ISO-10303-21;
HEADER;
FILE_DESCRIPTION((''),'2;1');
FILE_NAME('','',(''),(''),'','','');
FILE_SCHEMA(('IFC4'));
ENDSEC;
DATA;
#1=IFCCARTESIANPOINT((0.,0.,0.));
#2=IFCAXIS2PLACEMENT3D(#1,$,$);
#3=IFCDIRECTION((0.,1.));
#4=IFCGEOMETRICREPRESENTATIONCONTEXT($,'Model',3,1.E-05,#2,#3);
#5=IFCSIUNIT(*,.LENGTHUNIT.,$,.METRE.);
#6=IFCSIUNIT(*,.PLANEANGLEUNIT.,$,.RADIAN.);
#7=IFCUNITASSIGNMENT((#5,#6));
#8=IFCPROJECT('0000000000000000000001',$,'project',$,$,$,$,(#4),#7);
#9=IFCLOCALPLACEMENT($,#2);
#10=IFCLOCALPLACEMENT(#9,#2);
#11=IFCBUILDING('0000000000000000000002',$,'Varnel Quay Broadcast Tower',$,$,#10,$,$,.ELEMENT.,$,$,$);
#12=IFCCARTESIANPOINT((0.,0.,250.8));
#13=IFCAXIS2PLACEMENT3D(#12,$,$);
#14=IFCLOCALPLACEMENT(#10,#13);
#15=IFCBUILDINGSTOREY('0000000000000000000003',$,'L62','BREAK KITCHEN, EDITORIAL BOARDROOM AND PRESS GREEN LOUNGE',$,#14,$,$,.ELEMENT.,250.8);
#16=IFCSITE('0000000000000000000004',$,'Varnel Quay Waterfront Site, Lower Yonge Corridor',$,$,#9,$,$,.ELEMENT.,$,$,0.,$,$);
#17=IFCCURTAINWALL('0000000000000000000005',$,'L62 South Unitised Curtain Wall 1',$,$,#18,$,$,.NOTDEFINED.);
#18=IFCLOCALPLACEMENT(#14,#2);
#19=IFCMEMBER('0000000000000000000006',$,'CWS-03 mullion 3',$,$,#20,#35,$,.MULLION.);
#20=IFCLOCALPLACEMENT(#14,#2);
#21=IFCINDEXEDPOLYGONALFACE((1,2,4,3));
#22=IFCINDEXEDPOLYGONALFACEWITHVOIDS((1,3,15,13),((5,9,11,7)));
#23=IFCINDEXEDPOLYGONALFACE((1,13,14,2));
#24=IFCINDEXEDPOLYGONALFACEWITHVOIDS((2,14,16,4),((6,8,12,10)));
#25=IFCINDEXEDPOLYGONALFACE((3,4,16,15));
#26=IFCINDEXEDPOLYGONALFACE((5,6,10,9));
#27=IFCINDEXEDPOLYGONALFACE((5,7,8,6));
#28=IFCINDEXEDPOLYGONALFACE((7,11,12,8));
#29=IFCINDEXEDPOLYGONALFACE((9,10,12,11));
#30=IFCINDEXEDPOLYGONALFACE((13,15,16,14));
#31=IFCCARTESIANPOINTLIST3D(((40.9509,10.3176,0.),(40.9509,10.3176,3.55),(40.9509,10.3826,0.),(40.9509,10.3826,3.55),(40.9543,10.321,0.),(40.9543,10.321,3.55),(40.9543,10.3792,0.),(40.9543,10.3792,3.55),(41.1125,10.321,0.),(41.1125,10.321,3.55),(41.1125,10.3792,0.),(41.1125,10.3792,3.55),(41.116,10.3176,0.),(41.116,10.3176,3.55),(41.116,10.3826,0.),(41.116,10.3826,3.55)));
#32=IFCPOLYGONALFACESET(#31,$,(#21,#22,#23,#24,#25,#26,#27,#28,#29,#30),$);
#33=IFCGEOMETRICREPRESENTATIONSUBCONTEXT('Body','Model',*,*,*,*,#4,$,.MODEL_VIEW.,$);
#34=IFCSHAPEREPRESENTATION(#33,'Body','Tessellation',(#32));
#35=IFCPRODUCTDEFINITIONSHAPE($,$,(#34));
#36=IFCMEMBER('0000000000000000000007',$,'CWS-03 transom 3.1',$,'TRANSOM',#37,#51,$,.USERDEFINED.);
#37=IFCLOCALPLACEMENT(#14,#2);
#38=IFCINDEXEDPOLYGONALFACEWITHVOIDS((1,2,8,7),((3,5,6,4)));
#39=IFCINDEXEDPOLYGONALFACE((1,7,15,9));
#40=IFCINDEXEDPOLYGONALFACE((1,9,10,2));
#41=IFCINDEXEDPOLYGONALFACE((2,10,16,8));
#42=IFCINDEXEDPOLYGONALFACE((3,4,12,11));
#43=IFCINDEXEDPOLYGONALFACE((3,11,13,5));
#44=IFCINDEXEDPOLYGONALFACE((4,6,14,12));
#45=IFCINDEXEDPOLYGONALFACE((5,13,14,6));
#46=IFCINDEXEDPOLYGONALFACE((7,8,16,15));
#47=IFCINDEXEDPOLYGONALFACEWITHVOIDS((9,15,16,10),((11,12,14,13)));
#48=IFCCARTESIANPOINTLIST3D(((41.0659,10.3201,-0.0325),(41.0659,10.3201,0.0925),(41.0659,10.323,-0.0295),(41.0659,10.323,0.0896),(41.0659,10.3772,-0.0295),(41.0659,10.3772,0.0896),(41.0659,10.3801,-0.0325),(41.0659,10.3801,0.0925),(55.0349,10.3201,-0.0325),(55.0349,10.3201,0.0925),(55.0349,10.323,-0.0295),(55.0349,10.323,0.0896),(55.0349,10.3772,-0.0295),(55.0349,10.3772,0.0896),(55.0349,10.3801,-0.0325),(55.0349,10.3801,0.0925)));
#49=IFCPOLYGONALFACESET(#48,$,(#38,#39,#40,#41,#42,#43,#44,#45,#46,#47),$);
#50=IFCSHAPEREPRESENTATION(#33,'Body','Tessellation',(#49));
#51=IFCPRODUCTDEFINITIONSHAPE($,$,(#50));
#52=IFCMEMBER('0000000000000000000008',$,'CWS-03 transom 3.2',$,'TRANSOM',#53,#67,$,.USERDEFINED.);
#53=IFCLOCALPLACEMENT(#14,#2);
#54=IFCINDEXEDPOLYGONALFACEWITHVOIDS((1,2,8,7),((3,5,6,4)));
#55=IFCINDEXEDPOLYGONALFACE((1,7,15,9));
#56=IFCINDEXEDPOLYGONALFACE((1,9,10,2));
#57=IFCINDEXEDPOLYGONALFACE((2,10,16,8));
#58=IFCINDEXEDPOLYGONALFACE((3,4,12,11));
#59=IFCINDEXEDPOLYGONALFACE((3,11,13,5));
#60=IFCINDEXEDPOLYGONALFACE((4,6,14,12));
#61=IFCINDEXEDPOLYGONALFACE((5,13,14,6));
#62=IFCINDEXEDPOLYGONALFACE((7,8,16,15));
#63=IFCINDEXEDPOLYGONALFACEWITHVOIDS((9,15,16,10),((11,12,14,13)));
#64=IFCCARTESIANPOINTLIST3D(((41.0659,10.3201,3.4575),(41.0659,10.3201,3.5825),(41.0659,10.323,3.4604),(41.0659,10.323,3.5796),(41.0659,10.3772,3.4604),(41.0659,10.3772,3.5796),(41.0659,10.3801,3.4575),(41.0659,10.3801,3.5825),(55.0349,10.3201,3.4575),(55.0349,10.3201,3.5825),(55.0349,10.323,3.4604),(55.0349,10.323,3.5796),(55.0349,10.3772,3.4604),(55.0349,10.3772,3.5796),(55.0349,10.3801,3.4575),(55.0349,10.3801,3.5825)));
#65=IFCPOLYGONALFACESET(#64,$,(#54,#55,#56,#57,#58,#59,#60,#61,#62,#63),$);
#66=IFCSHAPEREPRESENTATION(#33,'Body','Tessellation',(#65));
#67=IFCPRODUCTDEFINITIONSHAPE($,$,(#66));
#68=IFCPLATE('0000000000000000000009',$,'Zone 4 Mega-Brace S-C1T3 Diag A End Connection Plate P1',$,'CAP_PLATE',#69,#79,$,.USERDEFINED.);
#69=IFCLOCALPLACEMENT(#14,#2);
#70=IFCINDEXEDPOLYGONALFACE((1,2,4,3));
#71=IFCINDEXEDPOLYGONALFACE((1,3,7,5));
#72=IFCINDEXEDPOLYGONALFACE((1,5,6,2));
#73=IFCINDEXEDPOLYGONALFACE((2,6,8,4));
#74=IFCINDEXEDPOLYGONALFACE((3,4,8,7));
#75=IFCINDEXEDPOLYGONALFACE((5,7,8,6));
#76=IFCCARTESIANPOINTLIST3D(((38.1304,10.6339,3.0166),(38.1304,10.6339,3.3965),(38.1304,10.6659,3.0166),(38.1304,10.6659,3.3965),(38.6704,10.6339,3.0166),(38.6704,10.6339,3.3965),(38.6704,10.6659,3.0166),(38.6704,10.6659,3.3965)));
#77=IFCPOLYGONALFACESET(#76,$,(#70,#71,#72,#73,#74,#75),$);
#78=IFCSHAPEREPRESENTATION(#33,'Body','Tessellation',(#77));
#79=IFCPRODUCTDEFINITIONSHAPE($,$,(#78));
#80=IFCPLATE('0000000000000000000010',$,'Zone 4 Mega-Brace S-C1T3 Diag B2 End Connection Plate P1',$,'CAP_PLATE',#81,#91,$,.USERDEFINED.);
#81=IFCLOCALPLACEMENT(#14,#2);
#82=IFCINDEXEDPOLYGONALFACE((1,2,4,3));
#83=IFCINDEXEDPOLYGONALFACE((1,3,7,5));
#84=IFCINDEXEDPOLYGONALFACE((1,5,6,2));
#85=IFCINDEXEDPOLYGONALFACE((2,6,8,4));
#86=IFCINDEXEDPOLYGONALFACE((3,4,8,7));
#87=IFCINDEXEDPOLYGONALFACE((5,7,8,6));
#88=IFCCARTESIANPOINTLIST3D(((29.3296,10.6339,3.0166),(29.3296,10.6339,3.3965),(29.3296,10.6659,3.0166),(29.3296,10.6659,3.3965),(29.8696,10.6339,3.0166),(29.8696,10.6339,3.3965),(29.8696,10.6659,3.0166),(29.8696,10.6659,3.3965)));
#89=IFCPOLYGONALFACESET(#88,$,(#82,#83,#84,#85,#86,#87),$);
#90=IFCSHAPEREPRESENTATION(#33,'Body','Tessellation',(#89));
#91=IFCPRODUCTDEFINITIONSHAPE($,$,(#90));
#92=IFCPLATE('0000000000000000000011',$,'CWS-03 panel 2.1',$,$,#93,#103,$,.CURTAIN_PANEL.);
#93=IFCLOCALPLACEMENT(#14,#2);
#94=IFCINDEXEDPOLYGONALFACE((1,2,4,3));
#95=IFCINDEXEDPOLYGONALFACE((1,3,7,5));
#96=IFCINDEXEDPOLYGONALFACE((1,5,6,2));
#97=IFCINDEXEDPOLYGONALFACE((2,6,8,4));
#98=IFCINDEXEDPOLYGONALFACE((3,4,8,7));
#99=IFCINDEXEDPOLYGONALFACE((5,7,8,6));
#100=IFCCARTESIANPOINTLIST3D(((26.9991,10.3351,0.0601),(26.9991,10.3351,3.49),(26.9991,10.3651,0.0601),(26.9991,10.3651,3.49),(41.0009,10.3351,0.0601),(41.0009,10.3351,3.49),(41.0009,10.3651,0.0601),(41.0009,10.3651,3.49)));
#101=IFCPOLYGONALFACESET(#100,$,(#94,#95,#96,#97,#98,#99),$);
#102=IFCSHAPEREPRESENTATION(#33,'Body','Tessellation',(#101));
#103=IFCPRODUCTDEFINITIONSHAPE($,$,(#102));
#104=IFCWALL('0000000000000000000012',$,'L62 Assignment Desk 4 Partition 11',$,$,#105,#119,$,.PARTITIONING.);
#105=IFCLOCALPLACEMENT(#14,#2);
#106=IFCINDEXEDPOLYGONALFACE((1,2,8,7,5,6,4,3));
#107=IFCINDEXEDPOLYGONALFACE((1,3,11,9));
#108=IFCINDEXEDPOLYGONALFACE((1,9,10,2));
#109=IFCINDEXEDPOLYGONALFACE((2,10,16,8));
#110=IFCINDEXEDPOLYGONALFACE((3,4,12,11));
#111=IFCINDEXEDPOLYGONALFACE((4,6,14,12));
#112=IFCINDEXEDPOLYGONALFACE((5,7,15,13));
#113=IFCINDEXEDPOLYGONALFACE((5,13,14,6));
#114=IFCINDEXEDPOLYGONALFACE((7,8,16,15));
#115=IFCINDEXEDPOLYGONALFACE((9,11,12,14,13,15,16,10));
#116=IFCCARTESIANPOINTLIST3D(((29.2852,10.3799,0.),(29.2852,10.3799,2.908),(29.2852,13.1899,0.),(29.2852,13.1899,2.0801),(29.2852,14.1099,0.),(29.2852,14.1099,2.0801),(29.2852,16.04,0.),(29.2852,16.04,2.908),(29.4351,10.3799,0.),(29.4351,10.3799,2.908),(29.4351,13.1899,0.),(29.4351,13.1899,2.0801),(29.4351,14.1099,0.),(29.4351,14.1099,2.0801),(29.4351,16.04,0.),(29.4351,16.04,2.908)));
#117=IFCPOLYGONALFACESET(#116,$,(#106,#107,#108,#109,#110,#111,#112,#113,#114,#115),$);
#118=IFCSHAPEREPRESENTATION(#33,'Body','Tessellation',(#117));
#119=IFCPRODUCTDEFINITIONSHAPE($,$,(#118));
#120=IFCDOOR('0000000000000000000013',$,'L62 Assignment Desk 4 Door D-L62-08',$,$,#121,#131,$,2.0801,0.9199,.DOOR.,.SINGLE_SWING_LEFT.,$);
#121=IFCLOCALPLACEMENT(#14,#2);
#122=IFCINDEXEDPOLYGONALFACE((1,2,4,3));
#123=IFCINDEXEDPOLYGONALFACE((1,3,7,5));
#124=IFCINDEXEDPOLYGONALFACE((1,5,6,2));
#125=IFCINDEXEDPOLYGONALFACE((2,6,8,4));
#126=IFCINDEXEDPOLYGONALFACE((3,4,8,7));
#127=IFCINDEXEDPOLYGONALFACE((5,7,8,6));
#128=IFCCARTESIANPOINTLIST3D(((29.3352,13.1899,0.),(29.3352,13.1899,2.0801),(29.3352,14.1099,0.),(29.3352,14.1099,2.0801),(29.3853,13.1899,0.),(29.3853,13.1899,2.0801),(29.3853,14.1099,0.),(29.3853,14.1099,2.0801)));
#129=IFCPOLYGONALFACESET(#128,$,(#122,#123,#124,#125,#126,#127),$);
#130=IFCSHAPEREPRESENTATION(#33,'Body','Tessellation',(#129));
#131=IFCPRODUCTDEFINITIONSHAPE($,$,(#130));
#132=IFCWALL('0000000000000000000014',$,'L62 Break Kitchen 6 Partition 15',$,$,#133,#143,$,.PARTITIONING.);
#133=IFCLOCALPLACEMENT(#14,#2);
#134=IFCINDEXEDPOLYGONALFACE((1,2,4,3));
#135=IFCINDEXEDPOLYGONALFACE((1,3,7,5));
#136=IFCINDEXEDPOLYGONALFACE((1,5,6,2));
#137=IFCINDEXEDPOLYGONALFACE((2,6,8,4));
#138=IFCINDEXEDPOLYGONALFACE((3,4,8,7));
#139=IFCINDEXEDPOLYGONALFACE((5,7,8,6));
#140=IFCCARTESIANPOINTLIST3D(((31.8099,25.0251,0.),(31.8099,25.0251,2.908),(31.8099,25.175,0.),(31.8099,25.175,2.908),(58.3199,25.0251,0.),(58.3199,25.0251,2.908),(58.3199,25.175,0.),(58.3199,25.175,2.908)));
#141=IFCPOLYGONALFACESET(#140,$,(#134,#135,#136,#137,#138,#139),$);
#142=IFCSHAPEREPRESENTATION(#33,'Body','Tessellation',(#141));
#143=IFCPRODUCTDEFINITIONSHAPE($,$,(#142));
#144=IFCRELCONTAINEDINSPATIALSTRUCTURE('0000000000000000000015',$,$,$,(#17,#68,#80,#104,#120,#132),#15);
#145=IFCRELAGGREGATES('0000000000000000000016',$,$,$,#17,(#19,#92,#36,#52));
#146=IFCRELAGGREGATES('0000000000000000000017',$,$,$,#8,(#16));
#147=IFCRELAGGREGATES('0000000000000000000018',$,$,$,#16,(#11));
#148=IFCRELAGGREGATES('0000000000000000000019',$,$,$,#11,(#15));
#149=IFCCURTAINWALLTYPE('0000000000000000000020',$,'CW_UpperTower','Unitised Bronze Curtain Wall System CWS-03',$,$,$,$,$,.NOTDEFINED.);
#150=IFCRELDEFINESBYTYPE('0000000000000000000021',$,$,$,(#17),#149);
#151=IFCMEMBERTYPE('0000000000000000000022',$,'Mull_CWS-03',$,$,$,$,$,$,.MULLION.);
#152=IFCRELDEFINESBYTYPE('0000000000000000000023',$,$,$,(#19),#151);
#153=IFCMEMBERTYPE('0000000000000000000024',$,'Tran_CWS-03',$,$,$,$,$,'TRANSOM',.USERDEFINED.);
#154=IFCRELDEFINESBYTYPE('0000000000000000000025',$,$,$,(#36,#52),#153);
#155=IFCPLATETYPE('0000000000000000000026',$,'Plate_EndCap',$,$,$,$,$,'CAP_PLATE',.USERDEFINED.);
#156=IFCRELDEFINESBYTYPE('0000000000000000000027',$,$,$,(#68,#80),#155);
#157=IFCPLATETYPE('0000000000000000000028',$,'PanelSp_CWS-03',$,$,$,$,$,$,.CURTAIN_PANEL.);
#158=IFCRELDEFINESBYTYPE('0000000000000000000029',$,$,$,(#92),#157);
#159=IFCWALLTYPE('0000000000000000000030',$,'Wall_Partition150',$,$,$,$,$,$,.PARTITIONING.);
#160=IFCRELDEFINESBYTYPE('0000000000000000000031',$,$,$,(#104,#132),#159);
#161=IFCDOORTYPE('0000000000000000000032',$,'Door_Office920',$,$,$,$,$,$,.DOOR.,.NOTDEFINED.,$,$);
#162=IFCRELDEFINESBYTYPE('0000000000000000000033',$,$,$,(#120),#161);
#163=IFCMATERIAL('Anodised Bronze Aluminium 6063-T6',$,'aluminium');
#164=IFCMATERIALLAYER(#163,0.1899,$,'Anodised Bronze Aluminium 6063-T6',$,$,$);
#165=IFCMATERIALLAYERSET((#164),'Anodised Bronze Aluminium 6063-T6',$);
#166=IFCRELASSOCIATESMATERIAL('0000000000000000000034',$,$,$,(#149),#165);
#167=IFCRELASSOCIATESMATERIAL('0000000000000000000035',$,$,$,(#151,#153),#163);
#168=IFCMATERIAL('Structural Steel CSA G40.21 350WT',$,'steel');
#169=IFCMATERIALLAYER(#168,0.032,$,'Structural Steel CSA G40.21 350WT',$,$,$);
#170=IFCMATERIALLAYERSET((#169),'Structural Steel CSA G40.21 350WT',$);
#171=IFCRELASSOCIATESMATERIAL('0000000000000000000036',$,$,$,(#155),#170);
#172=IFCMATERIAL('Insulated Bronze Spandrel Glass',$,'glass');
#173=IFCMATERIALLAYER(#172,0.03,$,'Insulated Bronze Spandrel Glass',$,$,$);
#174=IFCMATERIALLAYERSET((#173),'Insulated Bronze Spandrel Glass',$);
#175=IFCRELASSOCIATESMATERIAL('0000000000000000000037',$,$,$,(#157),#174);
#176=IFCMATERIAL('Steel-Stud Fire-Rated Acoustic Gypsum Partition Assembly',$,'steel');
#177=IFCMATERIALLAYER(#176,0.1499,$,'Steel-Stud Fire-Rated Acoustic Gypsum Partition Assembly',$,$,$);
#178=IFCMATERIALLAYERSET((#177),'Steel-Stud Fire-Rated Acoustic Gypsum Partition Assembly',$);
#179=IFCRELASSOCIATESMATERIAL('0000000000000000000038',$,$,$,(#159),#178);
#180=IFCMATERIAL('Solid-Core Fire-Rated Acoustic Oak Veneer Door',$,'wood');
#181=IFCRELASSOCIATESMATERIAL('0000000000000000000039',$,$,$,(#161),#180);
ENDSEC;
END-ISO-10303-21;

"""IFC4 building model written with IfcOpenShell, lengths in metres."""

from ifc_helpers import new_model, si_unit, direction, frame, frame_2d, origin, origin_2d, place, context, subcontext, project, spatial, rectangle, hollow_rectangle, extrude, source, transform, mapped, material, layer, layer_set, material_profile, profile_set, type_object, type_shapes, element, fill, aggregate, save


model = new_model("IFC4")

# Units and contexts
model_context = context("Model", 3, precision=1e-05, world=origin(), true_north=direction((0.0, 1.0)))
body_context = subcontext(model_context, "Body", "Model", "MODEL_VIEW")
ifc_project = project(units=[si_unit("LENGTHUNIT", "METRE"), si_unit("PLANEANGLEUNIT", "RADIAN")], contexts=[model_context])

# Site, building, storey
site_placement = place(None, origin())
site = spatial("IfcSite", under=ifc_project, at=site_placement, Name="Varnel Quay Waterfront Site, Lower Yonge Corridor", CompositionType="ELEMENT", RefElevation=0.0)
building_placement = place(site_placement, origin())
building = spatial("IfcBuilding", under=site, at=building_placement, Name="Varnel Quay Broadcast Tower", CompositionType="ELEMENT")
storey_placement = place(building_placement, frame((0.0, 0.0, 250.8)))
storey = spatial("IfcBuildingStorey", under=building, at=storey_placement, Name="L62", Description="BREAK KITCHEN, EDITORIAL BOARDROOM AND PRESS GREEN LOUNGE", CompositionType="ELEMENT", Elevation=250.8)

# Curtain wall, members
ifc_material_1 = material(Name="Anodised Bronze Aluminium 6063-T6", Category="aluminium")
ifc_layer_1 = layer(ifc_material_1, 0.1899, Name="Anodised Bronze Aluminium 6063-T6")
ifc_layer_set_1 = layer_set([ifc_layer_1], Name="Anodised Bronze Aluminium 6063-T6")
curtain_wall_type = type_object("IfcCurtainWallType", Name="CW_UpperTower", Description="Unitised Bronze Curtain Wall System CWS-03", PredefinedType="NOTDEFINED", material=ifc_layer_set_1)
curtain_wall_placement = place(storey_placement, origin())
curtain_wall = element("IfcCurtainWall", 1, at=curtain_wall_placement, inside=storey, type_object=curtain_wall_type, Name="L62 South Unitised Curtain Wall 1", PredefinedType="NOTDEFINED")
ifc_material_profile_1 = material_profile(ifc_material_1, hollow_rectangle(XDim=0.0649, YDim=0.165, WallThickness=0.0034, at=origin_2d()), Name="ALU65X165X3.5")
ifc_profile_set_1 = profile_set([ifc_material_profile_1], Name="Anodised Bronze Aluminium 6063-T6")
member_type_1 = type_object("IfcMemberType", Name="Mull_CWS-03", PredefinedType="MULLION", material=ifc_profile_set_1)
shared_shape_1 = source(origin(), body_context, "Body", "SweptSolid", [
    extrude(hollow_rectangle(XDim=0.0649, YDim=0.165, WallThickness=0.0034, at=origin_2d()), origin(), (0.0, 0.0, 1.0), 3.55),
])
type_shapes(member_type_1, [shared_shape_1])
member_1_placement = place(storey_placement, frame((41.0334, 10.3501, 0.0), z_axis=(0.0, 0.0, 1.0), x_axis=(0.0, 1.0, 0.0)))
member_1 = element("IfcMember", 2, at=member_1_placement, type_object=member_type_1, Name="CWS-03 mullion 3", PredefinedType="MULLION", context=body_context, shape_type="MappedRepresentation", body=[
    mapped(shared_shape_1, transform((0.0, 0.0, 0.0), x_axis=(1.0, 0.0, 0.0), y_axis=(0.0, 1.0, 0.0), z_axis=(0.0, 0.0, 1.0), scale=1.0)),
])
ifc_material_profile_2 = material_profile(ifc_material_1, hollow_rectangle(XDim=0.0601, YDim=0.125, WallThickness=0.0029, at=origin_2d()), Name="ALU60X125X3")
ifc_profile_set_2 = profile_set([ifc_material_profile_2], Name="Anodised Bronze Aluminium 6063-T6")
member_type_2 = type_object("IfcMemberType", Name="Tran_CWS-03", ElementType="TRANSOM", PredefinedType="USERDEFINED", material=ifc_profile_set_2)
shared_shape_2 = source(origin(), body_context, "Body", "SweptSolid", [
    extrude(hollow_rectangle(XDim=0.0601, YDim=0.125, WallThickness=0.0029, at=origin_2d()), origin(), (0.0, 0.0, 1.0), 13.969),
])
type_shapes(member_type_2, [shared_shape_2])
member_2_placement = place(storey_placement, frame((41.0659, 10.3501, 0.03), z_axis=(1.0, 0.0, 0.0), x_axis=(0.0, 1.0, 0.0)))
member_2 = element("IfcMember", 3, at=member_2_placement, type_object=member_type_2, Name="CWS-03 transom 3.1", ObjectType="TRANSOM", PredefinedType="USERDEFINED", context=body_context, shape_type="MappedRepresentation", body=[
    mapped(shared_shape_2, transform((0.0, 0.0, 0.0), x_axis=(1.0, 0.0, 0.0), y_axis=(0.0, 1.0, 0.0), z_axis=(0.0, 0.0, 1.0), scale=1.0)),
])
member_3_placement = place(storey_placement, frame((41.0659, 10.3501, 3.52), z_axis=(1.0, 0.0, 0.0), x_axis=(0.0, 1.0, 0.0)))
member_3 = element("IfcMember", 4, at=member_3_placement, type_object=member_type_2, Name="CWS-03 transom 3.2", ObjectType="TRANSOM", PredefinedType="USERDEFINED", context=body_context, shape_type="MappedRepresentation", body=[
    mapped(shared_shape_2, transform((0.0, 0.0, 0.0), x_axis=(1.0, 0.0, 0.0), y_axis=(0.0, 1.0, 0.0), z_axis=(0.0, 0.0, 1.0), scale=1.0)),
])

# Plates
ifc_material_2 = material(Name="Structural Steel CSA G40.21 350WT", Category="steel")
ifc_layer_2 = layer(ifc_material_2, 0.032, Name="Structural Steel CSA G40.21 350WT")
ifc_layer_set_2 = layer_set([ifc_layer_2], Name="Structural Steel CSA G40.21 350WT")
plate_type_1 = type_object("IfcPlateType", Name="Plate_EndCap", ElementType="CAP_PLATE", PredefinedType="USERDEFINED", material=ifc_layer_set_2)
shared_shape_3 = source(origin(), body_context, "Body", "SweptSolid", [
    extrude(rectangle(XDim=0.54, YDim=0.032, at=origin_2d()), origin(), (0.0, 0.0, 1.0), 0.3799),
])
type_shapes(plate_type_1, [shared_shape_3])
for number, where, z_axis, x_axis, name in (
    (5, (38.4004, 10.6499, 3.0166), (0.0, 0.0, 1.0), (1.0, 0.0, 0.0), "Zone 4 Mega-Brace S-C1T3 Diag A End Connection Plate P1"),
    (6, (29.5996, 10.6499, 3.0166), (0.0, 0.0, 1.0), (1.0, 0.0, 0.0), "Zone 4 Mega-Brace S-C1T3 Diag B2 End Connection Plate P1"),
):
    element("IfcPlate", number, at=place(storey_placement, frame(where, z_axis=z_axis, x_axis=x_axis)), inside=storey, type_object=plate_type_1, Name=name, ObjectType="CAP_PLATE", PredefinedType="USERDEFINED", context=body_context, shape_type="MappedRepresentation", body=[
        mapped(shared_shape_3, transform((0.0, 0.0, 0.0), x_axis=(1.0, 0.0, 0.0), y_axis=(0.0, 1.0, 0.0), z_axis=(0.0, 0.0, 1.0), scale=1.0)),
    ])

# Plate
ifc_material_3 = material(Name="Insulated Bronze Spandrel Glass", Category="glass")
ifc_layer_3 = layer(ifc_material_3, 0.03, Name="Insulated Bronze Spandrel Glass")
ifc_layer_set_3 = layer_set([ifc_layer_3], Name="Insulated Bronze Spandrel Glass")
plate_type_2 = type_object("IfcPlateType", Name="PanelSp_CWS-03", PredefinedType="CURTAIN_PANEL", material=ifc_layer_set_3)
shared_shape_4 = source(origin(), body_context, "Body", "SweptSolid", [
    extrude(rectangle(XDim=14.0017, YDim=0.03, at=origin_2d()), origin(), (0.0, 0.0, 1.0), 3.4299),
])
type_shapes(plate_type_2, [shared_shape_4])
plate_placement = place(storey_placement, frame((34.0, 10.3501, 0.0601), z_axis=(0.0, 0.0, 1.0), x_axis=(1.0, 0.0, 0.0)))
plate = element("IfcPlate", 7, at=plate_placement, type_object=plate_type_2, Name="CWS-03 panel 2.1", PredefinedType="CURTAIN_PANEL", context=body_context, shape_type="MappedRepresentation", body=[
    mapped(shared_shape_4, transform((0.0, 0.0, 0.0), x_axis=(1.0, 0.0, 0.0), y_axis=(0.0, 1.0, 0.0), z_axis=(0.0, 0.0, 1.0), scale=1.0)),
])
aggregate(curtain_wall, [member_1, plate, member_2, member_3])

# Wall, opening, door
ifc_material_4 = material(Name="Steel-Stud Fire-Rated Acoustic Gypsum Partition Assembly", Category="steel")
ifc_layer_4 = layer(ifc_material_4, 0.1499, Name="Steel-Stud Fire-Rated Acoustic Gypsum Partition Assembly")
ifc_layer_set_4 = layer_set([ifc_layer_4], Name="Steel-Stud Fire-Rated Acoustic Gypsum Partition Assembly")
wall_type_1 = type_object("IfcWallType", Name="Wall_Partition150", PredefinedType="PARTITIONING", material=ifc_layer_set_4)
wall_1_placement = place(storey_placement, frame((29.3601, 10.3799, 0.0), z_axis=(0.0, 0.0, 1.0), x_axis=(0.0, 1.0, 0.0)))
wall_1 = element("IfcWall", 8, at=wall_1_placement, inside=storey, type_object=wall_type_1, Name="L62 Assignment Desk 4 Partition 11", PredefinedType="PARTITIONING", context=body_context, shape_type="SweptSolid", body=[
    extrude(rectangle(XDim=5.6602, YDim=0.1499, at=frame_2d((2.8301, 0.0))), origin(), (0.0, 0.0, 1.0), 2.908),
])
opening_1_placement = place(wall_1_placement, frame((2.8101, 0.0, 0.0)))
opening_1 = element("IfcOpeningElement", 9, at=opening_1_placement, cuts=wall_1, PredefinedType="OPENING", context=body_context, shape_type="SweptSolid", body=[
    extrude(rectangle(XDim=0.9199, YDim=2.0801, at=frame_2d((0.46, 1.04))), frame((0.0, 0.085, 0.0), z_axis=(0.0, -1.0, 0.0), x_axis=(1.0, 0.0, 0.0)), (0.0, 0.0, 1.0), 0.1699),
])
ifc_material_5 = material(Name="Solid-Core Fire-Rated Acoustic Oak Veneer Door", Category="wood")
door_type_1 = type_object("IfcDoorType", Name="Door_Office920", OperationType="NOTDEFINED", PredefinedType="DOOR", material=ifc_material_5)
shared_shape_5 = source(origin(), body_context, "Body", "SweptSolid", [
    extrude(rectangle(XDim=0.9199, YDim=2.0801, at=frame_2d((0.46, 1.04))), frame((0.0, 0.0249, 0.0), z_axis=(0.0, -1.0, 0.0), x_axis=(1.0, 0.0, 0.0)), (0.0, 0.0, 1.0), 0.05),
])
type_shapes(door_type_1, [shared_shape_5])
door_1_placement = place(opening_1_placement, origin())
door_1 = element("IfcDoor", 10, at=door_1_placement, inside=storey, type_object=door_type_1, Name="L62 Assignment Desk 4 Door D-L62-08", OperationType="SINGLE_SWING_LEFT", OverallHeight=2.0801, OverallWidth=0.9199, PredefinedType="DOOR", context=body_context, shape_type="MappedRepresentation", body=[
    mapped(shared_shape_5, transform((0.0, 0.0, 0.0), x_axis=(1.0, 0.0, 0.0), y_axis=(0.0, 1.0, 0.0), z_axis=(0.0, 0.0, 1.0), scale=1.0)),
])
fill(opening_1, door_1)

# Wall
wall_2_placement = place(storey_placement, frame((31.8101, 25.1001, 0.0), z_axis=(0.0, 0.0, 1.0), x_axis=(1.0, 0.0, 0.0)))
element("IfcWall", 11, at=wall_2_placement, inside=storey, type_object=wall_type_1, Name="L62 Break Kitchen 6 Partition 15", PredefinedType="PARTITIONING", context=body_context, shape_type="SweptSolid", body=[
    extrude(rectangle(XDim=26.51, YDim=0.1499, at=frame_2d((13.2549, 0.0))), origin(), (0.0, 0.0, 1.0), 2.908),
])

save(model, "model.ifc")
